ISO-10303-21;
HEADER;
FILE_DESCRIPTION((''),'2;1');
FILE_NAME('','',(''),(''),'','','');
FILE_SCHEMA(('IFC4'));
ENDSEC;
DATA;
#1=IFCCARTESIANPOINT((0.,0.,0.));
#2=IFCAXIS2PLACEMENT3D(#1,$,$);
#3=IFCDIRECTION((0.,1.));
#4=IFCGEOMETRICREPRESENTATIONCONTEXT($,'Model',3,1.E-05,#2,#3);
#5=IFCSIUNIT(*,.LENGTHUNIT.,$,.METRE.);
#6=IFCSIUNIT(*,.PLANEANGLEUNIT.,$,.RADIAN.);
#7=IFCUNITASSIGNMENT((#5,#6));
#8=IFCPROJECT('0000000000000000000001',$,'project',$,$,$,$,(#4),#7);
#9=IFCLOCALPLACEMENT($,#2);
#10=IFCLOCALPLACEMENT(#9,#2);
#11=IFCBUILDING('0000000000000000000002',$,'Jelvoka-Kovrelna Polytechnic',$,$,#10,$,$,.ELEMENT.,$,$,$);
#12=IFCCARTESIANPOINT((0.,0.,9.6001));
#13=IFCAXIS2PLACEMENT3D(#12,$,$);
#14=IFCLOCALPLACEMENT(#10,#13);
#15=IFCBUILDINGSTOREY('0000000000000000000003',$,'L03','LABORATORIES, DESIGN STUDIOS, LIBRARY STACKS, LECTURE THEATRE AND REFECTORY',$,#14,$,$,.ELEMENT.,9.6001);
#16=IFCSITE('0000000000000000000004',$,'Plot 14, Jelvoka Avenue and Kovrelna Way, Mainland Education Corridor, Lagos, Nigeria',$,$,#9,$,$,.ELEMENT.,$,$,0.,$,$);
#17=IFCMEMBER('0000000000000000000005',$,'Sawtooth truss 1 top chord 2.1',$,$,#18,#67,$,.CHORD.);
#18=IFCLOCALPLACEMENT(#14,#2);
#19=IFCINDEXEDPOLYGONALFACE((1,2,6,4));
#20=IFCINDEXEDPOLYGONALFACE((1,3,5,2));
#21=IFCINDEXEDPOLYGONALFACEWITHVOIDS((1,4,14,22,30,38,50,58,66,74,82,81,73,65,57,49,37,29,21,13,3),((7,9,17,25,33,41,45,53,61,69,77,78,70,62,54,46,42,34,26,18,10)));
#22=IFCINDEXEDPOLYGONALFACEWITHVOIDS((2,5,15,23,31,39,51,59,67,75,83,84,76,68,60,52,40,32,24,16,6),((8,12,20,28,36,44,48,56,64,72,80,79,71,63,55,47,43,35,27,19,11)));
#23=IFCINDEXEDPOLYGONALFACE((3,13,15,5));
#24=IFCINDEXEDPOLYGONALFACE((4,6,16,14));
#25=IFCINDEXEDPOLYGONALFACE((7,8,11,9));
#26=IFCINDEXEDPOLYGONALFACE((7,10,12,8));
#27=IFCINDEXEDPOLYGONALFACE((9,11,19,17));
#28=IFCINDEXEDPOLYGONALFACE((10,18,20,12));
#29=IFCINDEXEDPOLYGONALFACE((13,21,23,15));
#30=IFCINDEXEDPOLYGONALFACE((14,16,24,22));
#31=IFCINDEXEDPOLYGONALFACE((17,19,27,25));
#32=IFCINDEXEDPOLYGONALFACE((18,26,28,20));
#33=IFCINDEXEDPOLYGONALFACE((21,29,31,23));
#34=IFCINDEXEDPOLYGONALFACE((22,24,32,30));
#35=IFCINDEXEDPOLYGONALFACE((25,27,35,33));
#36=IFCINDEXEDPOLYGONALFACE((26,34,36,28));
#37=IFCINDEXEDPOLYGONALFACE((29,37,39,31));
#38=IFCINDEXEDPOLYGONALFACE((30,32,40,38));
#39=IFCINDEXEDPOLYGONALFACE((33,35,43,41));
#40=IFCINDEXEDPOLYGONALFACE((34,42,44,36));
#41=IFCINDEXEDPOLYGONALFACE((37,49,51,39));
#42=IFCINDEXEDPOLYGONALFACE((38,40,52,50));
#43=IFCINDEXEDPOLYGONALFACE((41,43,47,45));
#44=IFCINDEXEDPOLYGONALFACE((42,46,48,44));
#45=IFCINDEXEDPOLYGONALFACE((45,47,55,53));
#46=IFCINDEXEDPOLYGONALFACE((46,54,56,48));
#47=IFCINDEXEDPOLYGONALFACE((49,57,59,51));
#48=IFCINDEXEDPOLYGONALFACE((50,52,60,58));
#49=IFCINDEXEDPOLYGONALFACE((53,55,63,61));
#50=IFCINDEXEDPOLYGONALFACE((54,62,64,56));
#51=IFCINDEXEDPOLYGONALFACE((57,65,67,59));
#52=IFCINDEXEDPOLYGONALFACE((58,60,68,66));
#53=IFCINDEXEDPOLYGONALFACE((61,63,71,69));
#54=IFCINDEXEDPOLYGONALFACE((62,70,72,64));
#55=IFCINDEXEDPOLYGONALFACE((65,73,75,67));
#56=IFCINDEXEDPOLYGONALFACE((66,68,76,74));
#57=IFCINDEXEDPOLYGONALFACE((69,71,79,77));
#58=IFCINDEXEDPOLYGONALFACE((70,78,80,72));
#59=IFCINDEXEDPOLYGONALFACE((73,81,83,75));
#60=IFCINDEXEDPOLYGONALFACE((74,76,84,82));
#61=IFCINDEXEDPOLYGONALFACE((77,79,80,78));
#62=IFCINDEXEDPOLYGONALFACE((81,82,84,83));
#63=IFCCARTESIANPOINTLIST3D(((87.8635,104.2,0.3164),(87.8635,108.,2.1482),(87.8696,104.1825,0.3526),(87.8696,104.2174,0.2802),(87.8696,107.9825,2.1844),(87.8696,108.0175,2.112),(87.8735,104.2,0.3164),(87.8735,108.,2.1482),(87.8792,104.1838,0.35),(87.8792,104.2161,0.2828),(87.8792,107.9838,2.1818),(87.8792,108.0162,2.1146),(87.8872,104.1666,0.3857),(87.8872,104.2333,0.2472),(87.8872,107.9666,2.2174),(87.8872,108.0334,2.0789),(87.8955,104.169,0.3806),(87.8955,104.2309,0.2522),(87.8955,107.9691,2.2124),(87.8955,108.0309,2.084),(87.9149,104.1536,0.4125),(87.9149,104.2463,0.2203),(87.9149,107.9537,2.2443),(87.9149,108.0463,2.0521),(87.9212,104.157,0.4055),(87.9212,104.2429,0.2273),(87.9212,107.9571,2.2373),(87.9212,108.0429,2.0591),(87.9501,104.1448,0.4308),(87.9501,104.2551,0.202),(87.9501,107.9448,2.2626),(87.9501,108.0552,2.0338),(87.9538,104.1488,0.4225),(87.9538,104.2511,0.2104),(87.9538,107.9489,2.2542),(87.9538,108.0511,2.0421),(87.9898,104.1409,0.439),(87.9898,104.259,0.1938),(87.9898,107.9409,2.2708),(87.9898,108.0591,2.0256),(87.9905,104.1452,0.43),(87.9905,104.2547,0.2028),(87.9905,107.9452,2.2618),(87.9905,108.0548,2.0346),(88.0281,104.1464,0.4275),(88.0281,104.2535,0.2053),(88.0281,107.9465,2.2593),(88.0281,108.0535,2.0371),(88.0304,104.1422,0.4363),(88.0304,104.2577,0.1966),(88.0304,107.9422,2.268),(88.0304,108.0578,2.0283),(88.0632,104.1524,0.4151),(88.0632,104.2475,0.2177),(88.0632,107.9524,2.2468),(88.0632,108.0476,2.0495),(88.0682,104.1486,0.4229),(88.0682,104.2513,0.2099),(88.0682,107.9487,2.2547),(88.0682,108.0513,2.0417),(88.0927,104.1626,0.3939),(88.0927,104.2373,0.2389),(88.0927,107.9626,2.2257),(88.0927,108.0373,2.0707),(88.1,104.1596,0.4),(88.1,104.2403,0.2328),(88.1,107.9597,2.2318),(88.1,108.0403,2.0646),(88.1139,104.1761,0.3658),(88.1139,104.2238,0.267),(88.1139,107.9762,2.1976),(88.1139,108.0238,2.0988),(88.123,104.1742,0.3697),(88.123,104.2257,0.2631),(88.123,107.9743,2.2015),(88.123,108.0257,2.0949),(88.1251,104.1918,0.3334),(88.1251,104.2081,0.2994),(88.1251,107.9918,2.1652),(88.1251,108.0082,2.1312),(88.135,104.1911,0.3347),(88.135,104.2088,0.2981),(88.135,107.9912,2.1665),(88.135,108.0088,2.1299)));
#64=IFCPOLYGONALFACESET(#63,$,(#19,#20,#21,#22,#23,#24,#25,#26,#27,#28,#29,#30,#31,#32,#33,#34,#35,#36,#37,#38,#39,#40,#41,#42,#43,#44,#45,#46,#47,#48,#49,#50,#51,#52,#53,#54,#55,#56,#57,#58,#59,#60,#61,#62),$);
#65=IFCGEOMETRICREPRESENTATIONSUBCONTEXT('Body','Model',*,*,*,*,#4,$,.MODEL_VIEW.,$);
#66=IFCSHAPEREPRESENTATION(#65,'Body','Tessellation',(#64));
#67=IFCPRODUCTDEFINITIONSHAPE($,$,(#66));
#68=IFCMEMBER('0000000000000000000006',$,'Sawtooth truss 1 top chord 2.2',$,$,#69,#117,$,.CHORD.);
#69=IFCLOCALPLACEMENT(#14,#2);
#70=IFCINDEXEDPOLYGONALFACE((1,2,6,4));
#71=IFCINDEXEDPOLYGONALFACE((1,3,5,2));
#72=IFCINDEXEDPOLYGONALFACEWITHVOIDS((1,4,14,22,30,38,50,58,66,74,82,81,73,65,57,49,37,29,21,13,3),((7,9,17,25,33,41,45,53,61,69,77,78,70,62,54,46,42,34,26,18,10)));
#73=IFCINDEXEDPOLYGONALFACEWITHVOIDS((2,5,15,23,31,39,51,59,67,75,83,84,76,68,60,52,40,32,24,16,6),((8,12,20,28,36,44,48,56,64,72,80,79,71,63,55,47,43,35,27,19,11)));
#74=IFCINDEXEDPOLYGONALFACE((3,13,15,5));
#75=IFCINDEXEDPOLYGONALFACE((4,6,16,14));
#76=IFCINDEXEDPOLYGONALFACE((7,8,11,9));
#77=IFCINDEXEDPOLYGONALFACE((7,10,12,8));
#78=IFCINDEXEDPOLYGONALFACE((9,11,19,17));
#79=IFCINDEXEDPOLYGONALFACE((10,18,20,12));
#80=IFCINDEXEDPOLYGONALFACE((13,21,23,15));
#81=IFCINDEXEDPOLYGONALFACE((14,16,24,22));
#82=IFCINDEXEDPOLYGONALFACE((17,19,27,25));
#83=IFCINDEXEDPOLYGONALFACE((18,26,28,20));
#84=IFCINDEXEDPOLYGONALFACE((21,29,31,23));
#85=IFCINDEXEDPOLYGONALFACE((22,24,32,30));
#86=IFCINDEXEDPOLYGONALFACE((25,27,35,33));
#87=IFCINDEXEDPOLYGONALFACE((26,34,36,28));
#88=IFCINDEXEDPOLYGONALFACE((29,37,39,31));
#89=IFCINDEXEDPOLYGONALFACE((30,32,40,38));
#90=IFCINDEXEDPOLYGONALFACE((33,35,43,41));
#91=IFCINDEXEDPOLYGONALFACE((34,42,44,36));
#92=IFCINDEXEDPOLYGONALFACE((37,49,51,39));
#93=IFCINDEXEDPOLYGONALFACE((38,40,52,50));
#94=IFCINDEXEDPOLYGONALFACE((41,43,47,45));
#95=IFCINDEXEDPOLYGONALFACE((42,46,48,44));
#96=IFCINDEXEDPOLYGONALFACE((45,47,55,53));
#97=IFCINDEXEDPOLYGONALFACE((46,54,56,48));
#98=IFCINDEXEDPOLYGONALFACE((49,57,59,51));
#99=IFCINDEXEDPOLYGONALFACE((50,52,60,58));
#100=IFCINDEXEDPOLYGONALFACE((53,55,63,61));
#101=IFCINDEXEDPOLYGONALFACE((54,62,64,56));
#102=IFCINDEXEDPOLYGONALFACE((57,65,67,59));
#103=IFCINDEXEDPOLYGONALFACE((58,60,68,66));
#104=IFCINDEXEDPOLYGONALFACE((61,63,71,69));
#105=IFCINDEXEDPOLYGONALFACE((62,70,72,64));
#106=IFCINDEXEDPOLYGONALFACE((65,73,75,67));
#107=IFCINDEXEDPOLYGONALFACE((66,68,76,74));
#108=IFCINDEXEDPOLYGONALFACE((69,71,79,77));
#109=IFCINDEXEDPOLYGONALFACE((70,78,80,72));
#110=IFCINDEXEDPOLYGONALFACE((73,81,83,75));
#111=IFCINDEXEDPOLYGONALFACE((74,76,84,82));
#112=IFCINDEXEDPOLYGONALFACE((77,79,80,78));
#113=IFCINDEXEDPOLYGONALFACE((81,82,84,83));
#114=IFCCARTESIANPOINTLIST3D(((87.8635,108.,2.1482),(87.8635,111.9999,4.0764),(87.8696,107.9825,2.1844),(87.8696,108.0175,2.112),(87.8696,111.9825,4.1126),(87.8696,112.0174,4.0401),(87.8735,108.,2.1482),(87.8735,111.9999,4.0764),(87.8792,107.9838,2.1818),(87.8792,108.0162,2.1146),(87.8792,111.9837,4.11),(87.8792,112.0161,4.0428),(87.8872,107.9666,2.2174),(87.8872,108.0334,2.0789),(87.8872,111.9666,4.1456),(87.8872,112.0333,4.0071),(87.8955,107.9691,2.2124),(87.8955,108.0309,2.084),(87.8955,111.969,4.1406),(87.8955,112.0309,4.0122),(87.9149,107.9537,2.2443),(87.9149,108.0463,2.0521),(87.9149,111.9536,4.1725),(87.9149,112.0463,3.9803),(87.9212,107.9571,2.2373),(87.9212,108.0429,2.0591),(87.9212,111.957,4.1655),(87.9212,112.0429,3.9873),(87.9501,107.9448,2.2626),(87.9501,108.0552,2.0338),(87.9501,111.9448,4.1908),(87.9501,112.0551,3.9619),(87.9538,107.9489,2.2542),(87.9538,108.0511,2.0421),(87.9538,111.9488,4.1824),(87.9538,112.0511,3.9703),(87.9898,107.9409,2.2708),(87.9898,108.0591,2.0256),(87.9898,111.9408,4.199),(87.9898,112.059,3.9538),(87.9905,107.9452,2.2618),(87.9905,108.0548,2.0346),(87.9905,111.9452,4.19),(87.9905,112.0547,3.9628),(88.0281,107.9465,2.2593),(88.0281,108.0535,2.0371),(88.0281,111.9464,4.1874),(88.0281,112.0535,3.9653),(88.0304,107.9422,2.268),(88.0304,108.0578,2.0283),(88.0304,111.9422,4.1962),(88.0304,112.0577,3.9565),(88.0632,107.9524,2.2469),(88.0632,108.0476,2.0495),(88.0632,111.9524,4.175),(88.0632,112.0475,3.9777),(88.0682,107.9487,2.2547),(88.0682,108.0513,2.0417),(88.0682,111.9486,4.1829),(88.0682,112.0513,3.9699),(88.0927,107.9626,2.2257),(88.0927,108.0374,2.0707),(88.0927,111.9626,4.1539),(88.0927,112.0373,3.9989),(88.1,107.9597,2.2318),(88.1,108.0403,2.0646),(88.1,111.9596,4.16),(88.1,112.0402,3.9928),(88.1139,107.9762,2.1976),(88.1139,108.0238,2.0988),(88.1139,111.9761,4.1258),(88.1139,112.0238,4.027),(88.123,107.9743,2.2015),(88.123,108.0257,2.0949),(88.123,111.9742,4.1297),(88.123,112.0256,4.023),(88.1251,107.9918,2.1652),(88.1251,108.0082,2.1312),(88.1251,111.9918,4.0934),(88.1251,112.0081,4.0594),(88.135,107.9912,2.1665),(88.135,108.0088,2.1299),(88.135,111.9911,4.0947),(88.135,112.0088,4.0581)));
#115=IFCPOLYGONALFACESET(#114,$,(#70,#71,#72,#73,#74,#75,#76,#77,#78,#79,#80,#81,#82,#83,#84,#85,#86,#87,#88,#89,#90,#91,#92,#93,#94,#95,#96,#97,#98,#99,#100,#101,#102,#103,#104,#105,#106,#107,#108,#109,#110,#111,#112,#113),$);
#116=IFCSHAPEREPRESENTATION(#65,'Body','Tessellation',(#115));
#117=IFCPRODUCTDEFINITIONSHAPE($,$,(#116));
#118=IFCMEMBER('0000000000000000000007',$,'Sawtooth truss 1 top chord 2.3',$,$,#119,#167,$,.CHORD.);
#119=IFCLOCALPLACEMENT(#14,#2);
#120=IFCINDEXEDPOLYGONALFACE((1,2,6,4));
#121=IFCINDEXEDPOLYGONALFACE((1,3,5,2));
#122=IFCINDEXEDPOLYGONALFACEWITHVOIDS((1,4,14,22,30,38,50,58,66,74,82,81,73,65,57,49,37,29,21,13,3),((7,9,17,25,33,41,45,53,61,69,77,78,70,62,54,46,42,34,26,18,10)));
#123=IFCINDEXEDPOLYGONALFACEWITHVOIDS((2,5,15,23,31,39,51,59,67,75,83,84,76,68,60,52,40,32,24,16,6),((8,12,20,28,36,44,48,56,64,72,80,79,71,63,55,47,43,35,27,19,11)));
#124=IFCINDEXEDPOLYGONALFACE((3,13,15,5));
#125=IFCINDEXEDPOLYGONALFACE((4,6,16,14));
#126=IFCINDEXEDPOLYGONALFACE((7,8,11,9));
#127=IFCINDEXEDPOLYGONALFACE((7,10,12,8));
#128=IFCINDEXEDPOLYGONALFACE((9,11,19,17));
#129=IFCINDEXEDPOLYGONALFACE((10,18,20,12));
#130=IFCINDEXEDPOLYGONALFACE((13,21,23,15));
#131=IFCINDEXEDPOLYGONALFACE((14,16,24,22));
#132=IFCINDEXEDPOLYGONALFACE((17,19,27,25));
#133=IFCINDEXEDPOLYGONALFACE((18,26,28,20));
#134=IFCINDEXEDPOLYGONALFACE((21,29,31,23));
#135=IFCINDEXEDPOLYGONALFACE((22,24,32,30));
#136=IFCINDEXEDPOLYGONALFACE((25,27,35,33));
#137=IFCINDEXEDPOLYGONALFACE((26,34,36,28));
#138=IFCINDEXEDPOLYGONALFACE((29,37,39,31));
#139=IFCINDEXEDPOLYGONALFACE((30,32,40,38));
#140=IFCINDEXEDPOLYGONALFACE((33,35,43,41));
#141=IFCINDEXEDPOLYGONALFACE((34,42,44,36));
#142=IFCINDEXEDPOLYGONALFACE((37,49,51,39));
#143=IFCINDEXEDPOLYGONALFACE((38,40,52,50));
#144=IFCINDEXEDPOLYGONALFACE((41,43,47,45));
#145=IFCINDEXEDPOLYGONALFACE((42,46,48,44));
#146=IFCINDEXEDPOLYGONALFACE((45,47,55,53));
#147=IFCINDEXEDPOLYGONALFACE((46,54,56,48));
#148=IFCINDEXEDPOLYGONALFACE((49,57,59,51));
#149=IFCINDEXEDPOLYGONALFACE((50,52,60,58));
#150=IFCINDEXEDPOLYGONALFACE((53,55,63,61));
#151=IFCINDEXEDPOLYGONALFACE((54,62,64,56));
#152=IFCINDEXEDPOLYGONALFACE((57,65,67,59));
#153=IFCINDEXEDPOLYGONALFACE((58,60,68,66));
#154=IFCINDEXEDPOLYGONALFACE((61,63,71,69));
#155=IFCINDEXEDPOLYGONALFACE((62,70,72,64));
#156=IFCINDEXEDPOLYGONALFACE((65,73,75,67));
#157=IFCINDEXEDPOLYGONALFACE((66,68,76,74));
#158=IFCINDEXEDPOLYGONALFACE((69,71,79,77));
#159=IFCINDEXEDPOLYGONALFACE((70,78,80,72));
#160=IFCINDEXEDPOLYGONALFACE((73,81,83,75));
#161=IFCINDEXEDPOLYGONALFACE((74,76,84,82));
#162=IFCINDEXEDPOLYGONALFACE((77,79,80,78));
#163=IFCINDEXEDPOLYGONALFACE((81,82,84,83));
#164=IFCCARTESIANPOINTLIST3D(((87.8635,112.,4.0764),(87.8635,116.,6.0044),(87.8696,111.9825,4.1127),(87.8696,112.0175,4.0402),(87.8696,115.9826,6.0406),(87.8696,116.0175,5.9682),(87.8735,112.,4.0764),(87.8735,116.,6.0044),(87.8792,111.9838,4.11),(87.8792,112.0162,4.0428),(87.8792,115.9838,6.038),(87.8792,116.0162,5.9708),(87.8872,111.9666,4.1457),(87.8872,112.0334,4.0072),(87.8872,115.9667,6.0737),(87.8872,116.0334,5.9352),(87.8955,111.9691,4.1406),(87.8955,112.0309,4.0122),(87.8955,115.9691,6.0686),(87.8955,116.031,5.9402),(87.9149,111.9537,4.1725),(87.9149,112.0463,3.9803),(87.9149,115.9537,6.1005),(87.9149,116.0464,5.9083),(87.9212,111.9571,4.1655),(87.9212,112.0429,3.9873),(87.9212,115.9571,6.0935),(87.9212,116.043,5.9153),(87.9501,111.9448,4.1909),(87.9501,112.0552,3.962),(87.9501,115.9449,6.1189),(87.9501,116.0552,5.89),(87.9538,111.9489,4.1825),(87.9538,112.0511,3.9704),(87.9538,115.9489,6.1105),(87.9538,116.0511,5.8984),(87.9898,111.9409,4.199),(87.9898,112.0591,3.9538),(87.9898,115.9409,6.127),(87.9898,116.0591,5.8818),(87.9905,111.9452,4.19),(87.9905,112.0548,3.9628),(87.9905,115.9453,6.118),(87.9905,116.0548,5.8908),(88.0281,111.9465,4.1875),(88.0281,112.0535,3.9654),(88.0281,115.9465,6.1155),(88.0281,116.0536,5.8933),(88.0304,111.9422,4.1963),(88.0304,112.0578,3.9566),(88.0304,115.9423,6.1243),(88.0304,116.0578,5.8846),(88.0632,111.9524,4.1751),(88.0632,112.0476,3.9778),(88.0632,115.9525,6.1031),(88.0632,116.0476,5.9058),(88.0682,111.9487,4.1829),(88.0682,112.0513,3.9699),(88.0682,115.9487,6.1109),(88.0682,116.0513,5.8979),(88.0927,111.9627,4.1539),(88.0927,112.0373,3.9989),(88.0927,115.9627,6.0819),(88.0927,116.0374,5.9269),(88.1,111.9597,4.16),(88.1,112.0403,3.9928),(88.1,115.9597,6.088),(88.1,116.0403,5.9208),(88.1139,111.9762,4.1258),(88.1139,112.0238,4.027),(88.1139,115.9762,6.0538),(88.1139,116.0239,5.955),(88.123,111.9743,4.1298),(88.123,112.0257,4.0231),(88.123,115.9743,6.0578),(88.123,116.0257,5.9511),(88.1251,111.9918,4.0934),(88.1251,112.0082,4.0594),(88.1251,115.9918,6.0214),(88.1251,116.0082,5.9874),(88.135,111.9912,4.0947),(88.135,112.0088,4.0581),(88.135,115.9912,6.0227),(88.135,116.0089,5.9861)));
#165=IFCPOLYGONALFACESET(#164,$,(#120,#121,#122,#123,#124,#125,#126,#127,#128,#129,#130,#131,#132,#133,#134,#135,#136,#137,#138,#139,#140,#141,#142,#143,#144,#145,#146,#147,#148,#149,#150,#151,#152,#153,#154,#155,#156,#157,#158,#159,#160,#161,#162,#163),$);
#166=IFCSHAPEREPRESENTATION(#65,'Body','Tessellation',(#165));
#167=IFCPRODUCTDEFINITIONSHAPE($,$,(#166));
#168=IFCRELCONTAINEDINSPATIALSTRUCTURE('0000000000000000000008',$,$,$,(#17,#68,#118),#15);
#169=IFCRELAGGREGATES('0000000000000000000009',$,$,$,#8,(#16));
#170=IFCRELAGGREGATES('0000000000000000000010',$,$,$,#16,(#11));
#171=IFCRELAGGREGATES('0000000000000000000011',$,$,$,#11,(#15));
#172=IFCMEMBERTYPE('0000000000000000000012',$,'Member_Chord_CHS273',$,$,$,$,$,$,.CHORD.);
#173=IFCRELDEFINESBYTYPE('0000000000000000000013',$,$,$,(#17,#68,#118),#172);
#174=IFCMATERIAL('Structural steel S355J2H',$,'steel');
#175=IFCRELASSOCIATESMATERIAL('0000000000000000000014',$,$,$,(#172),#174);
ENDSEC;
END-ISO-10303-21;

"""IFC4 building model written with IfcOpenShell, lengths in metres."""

from ifc_helpers import new_model, si_unit, direction, frame, origin, origin_2d, place, context, subcontext, project, spatial, hollow_circle, extrude, material, material_profile, profile_set, type_object, element, save


model = new_model("IFC4")

# Units and contexts
model_context = context("Model", 3, precision=1e-05, world=origin(), true_north=direction((0.0, 1.0)))
body_context = subcontext(model_context, "Body", "Model", "MODEL_VIEW")
ifc_project = project(units=[si_unit("LENGTHUNIT", "METRE"), si_unit("PLANEANGLEUNIT", "RADIAN")], contexts=[model_context])

# Site, building, storey
site_placement = place(None, origin())
site = spatial("IfcSite", under=ifc_project, at=site_placement, Name="Plot 14, Jelvoka Avenue and Kovrelna Way, Mainland Education Corridor, Lagos, Nigeria", CompositionType="ELEMENT", RefElevation=0.0)
building_placement = place(site_placement, origin())
building = spatial("IfcBuilding", under=site, at=building_placement, Name="Jelvoka-Kovrelna Polytechnic", CompositionType="ELEMENT")
storey_placement = place(building_placement, frame((0.0, 0.0, 9.6001)))
storey = spatial("IfcBuildingStorey", under=building, at=storey_placement, Name="L03", Description="LABORATORIES, DESIGN STUDIOS, LIBRARY STACKS, LECTURE THEATRE AND REFECTORY", CompositionType="ELEMENT", Elevation=9.6001)

# Members
ifc_material_1 = material(Name="Structural steel S355J2H", Category="steel")
ifc_material_profile_1 = material_profile(ifc_material_1, hollow_circle(Radius=0.1365, WallThickness=0.01, at=origin_2d()), Name="273.0x10.0 CHS")
ifc_profile_set_1 = profile_set([ifc_material_profile_1], Name="Structural steel S355J2H")
member_type_1 = type_object("IfcMemberType", Name="Member_Chord_CHS273", PredefinedType="CHORD", material=ifc_profile_set_1)
member_1_placement = place(storey_placement, frame((88.0, 104.2, 0.3164), z_axis=(0.0, 0.900804, 0.434226), x_axis=(-1.0, 0.0, 0.0)))
element("IfcMember", 1, at=member_1_placement, inside=storey, type_object=member_type_1, Name="Sawtooth truss 1 top chord 2.1", PredefinedType="CHORD", context=body_context, shape_type="SweptSolid", body=[
    extrude(hollow_circle(Radius=0.1365, WallThickness=0.01, at=origin_2d()), origin(), (0.0, 0.0, 1.0), 4.2185),
])
for number, where, z_axis, x_axis, name in (
    (2, (88.0, 108.0, 2.1482), (0.0, 0.900799, 0.434235), (-1.0, 0.0, 0.0), "Sawtooth truss 1 top chord 2.2"),
    (3, (88.0, 112.0, 4.0764), (0.0, 0.900821, 0.434191), (-1.0, 0.0, 0.0), "Sawtooth truss 1 top chord 2.3"),
):
    element("IfcMember", number, at=place(storey_placement, frame(where, z_axis=z_axis, x_axis=x_axis)), inside=storey, type_object=member_type_1, Name=name, PredefinedType="CHORD", context=body_context, shape_type="SweptSolid", body=[
        extrude(hollow_circle(Radius=0.1365, WallThickness=0.01, at=origin_2d()), origin(), (0.0, 0.0, 1.0), 4.4404),
    ])

save(model, "model.ifc")
